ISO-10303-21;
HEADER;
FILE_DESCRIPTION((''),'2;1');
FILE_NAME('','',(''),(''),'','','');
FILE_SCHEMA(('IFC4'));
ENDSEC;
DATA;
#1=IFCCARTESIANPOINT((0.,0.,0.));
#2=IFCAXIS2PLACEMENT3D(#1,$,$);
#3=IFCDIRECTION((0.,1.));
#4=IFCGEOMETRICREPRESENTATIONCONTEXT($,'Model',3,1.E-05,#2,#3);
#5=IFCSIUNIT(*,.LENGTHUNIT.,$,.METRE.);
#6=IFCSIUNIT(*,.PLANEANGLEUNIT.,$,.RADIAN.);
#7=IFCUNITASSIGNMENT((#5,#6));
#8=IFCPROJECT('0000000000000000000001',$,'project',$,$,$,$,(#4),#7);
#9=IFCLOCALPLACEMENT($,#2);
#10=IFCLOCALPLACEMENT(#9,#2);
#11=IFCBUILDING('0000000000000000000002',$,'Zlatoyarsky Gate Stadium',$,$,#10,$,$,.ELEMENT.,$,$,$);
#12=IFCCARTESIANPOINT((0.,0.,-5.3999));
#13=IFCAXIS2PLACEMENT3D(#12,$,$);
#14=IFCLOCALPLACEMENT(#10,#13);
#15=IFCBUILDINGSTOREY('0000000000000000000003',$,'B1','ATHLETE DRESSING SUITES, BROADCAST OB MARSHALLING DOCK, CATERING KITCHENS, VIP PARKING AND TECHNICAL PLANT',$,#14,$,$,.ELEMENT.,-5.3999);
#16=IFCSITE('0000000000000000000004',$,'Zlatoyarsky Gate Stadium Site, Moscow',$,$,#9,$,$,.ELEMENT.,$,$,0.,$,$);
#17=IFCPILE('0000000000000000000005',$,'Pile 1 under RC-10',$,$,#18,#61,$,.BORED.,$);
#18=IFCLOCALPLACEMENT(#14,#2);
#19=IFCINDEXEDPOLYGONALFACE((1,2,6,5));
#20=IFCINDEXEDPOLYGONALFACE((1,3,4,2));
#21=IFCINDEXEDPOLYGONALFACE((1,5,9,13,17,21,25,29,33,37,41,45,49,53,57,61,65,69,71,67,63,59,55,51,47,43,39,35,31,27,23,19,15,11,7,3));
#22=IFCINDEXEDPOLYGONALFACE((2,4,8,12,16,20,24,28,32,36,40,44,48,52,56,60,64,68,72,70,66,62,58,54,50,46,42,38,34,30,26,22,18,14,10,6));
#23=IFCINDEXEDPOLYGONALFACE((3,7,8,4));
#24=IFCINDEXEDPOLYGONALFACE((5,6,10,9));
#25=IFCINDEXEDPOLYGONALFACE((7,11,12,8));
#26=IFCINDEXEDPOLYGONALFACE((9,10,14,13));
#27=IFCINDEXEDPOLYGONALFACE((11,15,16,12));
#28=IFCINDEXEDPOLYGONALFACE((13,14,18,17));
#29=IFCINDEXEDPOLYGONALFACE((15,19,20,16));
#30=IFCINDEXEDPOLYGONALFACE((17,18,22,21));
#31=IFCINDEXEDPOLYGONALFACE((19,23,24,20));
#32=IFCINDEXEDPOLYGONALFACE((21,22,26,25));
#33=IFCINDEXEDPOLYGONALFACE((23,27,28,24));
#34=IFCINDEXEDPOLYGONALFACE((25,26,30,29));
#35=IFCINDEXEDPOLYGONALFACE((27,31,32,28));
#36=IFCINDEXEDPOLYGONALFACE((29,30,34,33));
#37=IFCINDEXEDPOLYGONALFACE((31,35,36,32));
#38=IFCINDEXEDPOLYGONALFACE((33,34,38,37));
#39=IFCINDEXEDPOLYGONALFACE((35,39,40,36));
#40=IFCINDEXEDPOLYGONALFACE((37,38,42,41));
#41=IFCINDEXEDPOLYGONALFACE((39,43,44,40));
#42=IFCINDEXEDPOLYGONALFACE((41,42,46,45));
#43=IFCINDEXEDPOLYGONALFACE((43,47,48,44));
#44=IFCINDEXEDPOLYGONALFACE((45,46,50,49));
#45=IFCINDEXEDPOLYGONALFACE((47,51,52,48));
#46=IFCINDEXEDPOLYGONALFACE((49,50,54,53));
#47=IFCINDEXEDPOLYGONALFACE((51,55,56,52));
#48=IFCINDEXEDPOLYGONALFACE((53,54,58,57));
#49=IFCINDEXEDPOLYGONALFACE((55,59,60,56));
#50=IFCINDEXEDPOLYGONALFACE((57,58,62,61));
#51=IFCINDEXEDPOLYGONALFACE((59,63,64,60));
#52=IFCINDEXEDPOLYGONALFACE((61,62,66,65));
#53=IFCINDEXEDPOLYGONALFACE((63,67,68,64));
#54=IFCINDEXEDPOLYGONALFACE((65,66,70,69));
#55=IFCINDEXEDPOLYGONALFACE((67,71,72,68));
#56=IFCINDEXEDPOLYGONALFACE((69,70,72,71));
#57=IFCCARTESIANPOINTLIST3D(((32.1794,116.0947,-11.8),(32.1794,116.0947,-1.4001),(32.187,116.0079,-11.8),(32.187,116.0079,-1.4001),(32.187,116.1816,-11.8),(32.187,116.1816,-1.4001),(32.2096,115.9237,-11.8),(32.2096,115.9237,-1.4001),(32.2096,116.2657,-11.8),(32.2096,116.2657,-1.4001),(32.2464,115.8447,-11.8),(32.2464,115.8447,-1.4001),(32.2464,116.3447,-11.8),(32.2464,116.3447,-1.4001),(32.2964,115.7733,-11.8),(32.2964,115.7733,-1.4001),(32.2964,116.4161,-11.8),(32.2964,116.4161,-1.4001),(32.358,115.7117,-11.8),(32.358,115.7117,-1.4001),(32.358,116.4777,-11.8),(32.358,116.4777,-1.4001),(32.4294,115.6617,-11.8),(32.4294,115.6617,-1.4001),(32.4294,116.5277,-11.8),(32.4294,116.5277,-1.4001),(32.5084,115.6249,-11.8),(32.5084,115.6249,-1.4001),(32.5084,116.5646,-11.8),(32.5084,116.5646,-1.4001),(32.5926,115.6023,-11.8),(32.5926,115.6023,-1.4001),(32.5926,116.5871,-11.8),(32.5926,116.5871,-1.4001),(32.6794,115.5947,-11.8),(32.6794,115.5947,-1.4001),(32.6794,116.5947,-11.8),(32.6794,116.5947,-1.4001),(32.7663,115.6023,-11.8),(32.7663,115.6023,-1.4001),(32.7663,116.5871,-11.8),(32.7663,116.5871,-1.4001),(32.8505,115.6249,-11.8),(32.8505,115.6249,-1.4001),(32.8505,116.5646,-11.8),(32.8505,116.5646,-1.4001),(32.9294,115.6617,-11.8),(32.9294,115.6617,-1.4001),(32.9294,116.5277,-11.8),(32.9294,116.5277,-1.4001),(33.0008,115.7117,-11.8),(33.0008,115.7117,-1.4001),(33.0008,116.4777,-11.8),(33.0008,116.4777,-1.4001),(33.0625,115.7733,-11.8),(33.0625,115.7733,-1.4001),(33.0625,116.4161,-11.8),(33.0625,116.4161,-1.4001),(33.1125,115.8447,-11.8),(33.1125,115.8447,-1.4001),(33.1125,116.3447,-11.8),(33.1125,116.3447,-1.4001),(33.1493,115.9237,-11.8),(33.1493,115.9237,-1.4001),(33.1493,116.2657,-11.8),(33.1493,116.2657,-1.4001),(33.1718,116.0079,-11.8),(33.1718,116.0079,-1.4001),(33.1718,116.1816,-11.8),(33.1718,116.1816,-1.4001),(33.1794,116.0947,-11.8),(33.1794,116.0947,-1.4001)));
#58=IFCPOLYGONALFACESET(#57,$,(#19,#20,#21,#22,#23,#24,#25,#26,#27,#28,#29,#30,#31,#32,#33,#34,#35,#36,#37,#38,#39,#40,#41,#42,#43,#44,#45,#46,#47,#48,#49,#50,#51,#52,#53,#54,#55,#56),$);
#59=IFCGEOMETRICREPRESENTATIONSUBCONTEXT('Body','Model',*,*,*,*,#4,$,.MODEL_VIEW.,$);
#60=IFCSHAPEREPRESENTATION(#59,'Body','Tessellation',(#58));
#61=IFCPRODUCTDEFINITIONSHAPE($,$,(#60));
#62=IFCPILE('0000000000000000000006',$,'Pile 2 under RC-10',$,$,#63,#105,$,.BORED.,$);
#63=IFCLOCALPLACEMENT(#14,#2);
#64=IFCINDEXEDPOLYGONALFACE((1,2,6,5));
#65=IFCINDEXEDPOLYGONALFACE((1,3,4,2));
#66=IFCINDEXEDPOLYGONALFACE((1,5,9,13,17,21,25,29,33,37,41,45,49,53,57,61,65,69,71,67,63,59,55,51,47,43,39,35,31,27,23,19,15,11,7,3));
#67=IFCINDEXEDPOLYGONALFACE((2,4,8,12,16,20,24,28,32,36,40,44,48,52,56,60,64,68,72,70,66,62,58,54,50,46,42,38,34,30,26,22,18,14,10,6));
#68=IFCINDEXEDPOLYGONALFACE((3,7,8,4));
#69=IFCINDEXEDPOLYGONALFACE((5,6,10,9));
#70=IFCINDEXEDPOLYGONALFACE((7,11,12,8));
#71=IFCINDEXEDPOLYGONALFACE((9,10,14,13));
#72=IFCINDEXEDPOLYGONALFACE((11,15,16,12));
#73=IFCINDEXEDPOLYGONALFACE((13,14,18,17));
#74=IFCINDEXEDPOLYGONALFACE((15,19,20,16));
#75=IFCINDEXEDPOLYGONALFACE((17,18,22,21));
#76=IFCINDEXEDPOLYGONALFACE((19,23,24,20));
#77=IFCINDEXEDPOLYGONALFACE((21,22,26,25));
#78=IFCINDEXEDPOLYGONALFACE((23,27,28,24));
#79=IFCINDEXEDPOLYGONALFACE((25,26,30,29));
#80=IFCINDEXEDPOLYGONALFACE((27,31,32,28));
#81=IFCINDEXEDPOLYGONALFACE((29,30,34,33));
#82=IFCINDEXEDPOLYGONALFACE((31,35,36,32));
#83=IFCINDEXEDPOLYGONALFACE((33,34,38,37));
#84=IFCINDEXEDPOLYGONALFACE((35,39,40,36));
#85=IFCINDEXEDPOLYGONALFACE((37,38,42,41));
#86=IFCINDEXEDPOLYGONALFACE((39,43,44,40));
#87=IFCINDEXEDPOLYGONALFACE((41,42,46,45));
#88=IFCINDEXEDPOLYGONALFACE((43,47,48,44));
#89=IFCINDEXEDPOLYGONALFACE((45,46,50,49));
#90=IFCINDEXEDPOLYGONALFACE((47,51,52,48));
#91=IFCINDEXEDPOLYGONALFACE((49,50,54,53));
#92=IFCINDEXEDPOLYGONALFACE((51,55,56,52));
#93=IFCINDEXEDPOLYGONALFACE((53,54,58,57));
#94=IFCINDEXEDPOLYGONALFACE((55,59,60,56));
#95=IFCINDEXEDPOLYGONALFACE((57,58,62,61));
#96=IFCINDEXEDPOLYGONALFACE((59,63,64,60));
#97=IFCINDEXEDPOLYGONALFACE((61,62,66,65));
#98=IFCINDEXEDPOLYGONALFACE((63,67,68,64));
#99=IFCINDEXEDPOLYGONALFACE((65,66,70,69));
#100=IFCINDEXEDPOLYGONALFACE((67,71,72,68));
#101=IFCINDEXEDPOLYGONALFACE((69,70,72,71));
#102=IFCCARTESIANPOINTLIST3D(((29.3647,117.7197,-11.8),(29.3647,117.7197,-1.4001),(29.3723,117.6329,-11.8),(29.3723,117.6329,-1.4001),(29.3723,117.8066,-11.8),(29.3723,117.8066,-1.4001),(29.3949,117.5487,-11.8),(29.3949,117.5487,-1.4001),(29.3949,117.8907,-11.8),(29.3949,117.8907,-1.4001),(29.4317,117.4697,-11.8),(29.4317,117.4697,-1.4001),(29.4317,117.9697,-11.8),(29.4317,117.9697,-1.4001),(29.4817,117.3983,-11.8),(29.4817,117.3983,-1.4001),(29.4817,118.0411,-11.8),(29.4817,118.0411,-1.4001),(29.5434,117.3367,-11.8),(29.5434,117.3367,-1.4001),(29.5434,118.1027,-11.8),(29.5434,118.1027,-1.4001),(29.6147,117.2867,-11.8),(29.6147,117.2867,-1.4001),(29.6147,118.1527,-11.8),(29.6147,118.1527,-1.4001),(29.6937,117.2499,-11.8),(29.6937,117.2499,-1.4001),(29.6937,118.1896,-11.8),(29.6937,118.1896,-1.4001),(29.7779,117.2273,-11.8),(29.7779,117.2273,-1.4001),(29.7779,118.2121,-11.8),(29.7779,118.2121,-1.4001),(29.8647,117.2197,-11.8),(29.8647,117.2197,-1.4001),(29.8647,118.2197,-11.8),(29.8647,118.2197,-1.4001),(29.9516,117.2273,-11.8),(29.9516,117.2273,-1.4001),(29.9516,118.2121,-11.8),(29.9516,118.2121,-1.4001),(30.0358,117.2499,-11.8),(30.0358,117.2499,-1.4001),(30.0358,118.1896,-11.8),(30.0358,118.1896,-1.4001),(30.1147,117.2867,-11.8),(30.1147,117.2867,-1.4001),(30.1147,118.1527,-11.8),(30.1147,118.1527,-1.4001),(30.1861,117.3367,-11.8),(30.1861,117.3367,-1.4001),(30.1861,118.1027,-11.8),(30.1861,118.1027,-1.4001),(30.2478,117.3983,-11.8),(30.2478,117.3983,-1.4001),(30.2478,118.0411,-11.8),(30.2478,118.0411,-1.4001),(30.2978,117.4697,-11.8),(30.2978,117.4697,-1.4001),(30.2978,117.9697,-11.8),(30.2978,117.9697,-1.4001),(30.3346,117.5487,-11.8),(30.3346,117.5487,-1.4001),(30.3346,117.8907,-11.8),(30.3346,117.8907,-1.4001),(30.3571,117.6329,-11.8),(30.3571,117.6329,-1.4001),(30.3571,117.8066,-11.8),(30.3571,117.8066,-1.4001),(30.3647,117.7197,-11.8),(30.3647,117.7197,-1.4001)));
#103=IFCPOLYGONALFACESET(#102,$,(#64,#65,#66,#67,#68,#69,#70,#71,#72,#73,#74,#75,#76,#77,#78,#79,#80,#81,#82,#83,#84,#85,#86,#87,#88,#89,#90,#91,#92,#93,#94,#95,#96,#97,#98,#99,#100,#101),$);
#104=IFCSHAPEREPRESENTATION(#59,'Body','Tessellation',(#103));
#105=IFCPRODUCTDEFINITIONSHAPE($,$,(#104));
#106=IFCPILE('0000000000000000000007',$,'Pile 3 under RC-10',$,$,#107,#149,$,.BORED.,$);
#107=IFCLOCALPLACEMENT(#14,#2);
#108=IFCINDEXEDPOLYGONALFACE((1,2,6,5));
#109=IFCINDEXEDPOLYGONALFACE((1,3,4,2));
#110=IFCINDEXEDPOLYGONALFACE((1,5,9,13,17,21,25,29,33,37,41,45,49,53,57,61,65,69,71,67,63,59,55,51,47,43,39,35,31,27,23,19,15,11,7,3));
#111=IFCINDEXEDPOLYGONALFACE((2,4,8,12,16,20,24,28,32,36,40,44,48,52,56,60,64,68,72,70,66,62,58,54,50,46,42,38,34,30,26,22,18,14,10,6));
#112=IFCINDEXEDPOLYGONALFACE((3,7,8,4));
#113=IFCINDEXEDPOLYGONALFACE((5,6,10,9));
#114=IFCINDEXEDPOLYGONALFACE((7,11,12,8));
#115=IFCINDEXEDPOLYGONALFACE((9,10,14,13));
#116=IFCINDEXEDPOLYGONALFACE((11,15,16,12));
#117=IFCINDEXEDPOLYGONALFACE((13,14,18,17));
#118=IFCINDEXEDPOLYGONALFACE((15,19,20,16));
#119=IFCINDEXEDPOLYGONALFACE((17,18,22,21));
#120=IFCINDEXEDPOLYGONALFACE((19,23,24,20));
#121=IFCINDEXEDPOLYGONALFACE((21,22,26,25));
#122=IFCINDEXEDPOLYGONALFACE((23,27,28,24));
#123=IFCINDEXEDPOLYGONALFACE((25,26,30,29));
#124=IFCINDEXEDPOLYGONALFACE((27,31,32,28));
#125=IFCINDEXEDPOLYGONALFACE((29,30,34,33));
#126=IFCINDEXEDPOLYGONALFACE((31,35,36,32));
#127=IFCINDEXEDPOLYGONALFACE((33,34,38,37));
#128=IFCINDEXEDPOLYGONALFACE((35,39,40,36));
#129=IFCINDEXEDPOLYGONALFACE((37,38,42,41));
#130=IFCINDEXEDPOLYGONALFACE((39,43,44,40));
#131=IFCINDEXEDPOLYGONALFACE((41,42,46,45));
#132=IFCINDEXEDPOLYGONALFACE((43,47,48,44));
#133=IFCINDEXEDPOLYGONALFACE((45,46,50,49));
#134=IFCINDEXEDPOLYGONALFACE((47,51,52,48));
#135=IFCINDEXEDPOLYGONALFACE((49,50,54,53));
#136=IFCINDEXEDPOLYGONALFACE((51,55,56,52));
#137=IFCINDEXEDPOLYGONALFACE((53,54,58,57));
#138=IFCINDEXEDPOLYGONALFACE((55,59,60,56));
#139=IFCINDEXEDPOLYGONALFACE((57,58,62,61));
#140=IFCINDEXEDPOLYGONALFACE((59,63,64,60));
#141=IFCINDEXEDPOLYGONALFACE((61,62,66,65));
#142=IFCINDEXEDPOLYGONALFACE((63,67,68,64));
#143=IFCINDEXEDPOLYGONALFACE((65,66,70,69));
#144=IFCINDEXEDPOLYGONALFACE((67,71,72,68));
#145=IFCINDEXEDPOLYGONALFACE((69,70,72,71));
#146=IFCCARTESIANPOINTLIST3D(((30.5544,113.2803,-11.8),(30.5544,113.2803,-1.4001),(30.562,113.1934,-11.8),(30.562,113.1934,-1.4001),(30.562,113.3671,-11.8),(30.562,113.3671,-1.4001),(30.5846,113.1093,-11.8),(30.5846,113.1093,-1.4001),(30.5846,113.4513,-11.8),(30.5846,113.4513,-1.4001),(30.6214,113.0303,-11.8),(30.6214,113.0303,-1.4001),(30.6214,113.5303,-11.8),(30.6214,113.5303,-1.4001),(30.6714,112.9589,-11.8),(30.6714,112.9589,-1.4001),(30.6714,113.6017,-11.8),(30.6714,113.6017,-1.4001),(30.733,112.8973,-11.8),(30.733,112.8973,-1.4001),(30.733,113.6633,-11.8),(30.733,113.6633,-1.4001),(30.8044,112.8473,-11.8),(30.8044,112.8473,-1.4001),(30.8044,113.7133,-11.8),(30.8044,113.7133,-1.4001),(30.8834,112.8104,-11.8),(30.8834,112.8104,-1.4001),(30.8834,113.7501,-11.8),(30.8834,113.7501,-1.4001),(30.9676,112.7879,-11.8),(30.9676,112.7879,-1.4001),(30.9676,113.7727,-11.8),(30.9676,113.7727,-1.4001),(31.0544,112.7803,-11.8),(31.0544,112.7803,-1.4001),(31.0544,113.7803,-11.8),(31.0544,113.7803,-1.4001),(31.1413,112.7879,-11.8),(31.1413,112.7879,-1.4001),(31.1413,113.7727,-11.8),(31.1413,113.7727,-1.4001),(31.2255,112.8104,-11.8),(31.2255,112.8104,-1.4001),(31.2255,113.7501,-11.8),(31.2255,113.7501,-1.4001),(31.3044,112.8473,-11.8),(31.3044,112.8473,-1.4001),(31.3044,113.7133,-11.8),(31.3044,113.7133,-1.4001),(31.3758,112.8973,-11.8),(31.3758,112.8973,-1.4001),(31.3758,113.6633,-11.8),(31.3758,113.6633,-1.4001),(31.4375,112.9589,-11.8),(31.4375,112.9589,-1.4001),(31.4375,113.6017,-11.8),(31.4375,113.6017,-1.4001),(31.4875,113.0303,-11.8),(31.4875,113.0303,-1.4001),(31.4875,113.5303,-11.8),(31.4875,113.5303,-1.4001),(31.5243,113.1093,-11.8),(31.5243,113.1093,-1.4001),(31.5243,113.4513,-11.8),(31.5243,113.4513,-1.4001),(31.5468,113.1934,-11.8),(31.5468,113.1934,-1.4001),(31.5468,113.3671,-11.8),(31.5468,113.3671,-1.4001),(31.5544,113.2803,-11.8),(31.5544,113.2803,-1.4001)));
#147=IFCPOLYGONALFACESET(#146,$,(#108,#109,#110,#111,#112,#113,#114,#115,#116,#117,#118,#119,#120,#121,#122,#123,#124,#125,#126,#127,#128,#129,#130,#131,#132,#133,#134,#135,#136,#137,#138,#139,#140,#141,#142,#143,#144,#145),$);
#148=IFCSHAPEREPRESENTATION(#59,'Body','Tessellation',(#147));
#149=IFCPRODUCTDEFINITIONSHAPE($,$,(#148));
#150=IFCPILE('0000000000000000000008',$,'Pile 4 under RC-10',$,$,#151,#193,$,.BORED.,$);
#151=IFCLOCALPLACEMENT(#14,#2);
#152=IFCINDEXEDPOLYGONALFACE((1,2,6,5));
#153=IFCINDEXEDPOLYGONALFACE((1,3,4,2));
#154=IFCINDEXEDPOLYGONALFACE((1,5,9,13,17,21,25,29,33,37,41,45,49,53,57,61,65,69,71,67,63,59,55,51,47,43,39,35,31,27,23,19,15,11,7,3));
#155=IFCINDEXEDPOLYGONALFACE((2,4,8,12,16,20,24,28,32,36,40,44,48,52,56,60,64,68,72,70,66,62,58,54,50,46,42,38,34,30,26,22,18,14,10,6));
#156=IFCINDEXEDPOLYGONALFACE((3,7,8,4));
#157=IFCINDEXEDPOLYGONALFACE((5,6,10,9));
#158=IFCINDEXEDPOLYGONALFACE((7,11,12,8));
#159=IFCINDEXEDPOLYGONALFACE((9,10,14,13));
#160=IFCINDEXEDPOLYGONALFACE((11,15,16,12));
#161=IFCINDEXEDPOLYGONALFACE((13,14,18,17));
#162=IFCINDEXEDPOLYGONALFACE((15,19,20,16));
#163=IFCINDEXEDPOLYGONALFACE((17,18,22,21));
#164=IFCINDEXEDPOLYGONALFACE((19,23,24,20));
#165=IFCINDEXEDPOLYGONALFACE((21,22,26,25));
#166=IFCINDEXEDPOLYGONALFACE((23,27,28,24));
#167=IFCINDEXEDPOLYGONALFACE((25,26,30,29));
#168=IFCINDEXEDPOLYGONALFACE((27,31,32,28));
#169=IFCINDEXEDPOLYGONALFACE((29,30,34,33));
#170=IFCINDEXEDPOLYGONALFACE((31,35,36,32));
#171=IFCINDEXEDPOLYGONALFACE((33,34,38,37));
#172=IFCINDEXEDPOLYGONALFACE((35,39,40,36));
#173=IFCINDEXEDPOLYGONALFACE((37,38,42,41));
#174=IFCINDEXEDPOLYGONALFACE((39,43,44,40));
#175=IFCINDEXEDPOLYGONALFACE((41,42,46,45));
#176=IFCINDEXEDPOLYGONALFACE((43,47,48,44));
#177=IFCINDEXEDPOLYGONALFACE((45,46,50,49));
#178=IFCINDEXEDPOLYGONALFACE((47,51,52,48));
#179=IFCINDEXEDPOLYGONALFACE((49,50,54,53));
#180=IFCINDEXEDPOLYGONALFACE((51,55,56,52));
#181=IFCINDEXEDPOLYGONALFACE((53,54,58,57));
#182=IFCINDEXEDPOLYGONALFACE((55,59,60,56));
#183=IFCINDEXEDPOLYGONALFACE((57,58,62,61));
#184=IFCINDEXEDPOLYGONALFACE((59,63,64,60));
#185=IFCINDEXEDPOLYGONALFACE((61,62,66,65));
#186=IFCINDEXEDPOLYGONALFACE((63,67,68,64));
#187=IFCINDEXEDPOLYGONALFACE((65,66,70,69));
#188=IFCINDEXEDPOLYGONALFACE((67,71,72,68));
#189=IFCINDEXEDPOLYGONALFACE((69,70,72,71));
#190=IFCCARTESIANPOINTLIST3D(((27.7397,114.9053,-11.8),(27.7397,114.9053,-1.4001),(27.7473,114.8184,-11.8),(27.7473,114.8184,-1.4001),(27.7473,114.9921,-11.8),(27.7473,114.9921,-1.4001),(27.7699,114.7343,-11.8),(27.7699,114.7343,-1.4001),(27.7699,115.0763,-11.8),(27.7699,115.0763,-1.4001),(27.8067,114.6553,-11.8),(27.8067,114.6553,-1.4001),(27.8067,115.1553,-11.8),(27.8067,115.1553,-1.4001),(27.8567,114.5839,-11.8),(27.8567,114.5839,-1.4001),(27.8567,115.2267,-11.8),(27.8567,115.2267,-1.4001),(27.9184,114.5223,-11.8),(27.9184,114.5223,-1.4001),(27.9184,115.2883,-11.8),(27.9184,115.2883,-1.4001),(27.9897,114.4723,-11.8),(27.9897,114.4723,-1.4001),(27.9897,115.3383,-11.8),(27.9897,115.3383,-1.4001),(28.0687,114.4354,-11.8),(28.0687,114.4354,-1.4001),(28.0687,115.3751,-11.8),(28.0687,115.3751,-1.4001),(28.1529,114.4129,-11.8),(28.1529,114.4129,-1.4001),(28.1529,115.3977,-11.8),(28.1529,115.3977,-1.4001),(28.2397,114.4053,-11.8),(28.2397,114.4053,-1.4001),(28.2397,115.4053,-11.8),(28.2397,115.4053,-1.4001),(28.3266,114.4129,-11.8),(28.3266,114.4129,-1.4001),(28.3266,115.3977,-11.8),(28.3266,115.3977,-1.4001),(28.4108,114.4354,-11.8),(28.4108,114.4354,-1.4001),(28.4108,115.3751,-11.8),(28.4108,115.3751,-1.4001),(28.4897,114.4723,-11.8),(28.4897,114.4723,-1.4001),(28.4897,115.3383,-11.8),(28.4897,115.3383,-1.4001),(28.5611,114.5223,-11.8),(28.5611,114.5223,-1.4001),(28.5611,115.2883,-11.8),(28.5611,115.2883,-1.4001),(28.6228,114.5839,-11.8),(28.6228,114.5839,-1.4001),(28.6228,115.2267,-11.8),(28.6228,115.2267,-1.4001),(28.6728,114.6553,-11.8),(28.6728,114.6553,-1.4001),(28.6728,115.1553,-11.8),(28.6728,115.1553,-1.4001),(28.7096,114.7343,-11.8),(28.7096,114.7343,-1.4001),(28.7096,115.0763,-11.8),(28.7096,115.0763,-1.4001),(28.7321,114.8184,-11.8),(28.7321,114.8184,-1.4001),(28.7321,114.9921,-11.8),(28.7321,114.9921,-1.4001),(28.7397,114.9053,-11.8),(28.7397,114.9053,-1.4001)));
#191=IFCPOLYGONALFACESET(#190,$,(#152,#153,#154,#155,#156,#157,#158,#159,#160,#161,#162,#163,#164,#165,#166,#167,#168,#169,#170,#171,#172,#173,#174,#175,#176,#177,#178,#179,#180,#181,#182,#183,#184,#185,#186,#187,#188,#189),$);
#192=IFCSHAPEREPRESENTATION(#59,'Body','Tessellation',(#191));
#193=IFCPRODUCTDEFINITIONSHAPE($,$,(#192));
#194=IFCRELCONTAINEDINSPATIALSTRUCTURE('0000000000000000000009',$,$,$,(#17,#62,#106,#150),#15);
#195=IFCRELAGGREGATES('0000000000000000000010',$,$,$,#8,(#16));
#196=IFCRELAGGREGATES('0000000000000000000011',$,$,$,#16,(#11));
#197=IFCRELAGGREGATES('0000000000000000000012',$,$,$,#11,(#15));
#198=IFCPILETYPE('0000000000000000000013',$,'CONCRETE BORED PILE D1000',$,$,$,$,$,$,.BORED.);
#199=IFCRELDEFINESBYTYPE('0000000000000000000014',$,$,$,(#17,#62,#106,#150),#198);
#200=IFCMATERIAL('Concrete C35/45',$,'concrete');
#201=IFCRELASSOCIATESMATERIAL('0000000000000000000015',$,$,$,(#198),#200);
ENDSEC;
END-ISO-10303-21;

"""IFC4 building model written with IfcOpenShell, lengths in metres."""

from ifc_helpers import new_model, si_unit, direction, frame, origin, origin_2d, place, context, subcontext, project, spatial, circle, extrude, material, material_profile, profile_set, type_object, element, save


model = new_model("IFC4")

# Units and contexts
model_context = context("Model", 3, precision=1e-05, world=origin(), true_north=direction((0.0, 1.0)))
body_context = subcontext(model_context, "Body", "Model", "MODEL_VIEW")
ifc_project = project(units=[si_unit("LENGTHUNIT", "METRE"), si_unit("PLANEANGLEUNIT", "RADIAN")], contexts=[model_context])

# Site, building, storey
site_placement = place(None, origin())
site = spatial("IfcSite", under=ifc_project, at=site_placement, Name="Zlatoyarsky Gate Stadium Site, Moscow", CompositionType="ELEMENT", RefElevation=0.0)
building_placement = place(site_placement, origin())
building = spatial("IfcBuilding", under=site, at=building_placement, Name="Zlatoyarsky Gate Stadium", CompositionType="ELEMENT")
storey_placement = place(building_placement, frame((0.0, 0.0, -5.3999)))
storey = spatial("IfcBuildingStorey", under=building, at=storey_placement, Name="B1", Description="ATHLETE DRESSING SUITES, BROADCAST OB MARSHALLING DOCK, CATERING KITCHENS, VIP PARKING AND TECHNICAL PLANT", CompositionType="ELEMENT", Elevation=-5.3999)

# Piles
ifc_material_1 = material(Name="Concrete C35/45", Category="concrete")
ifc_material_profile_1 = material_profile(ifc_material_1, circle(Radius=0.5, at=origin_2d()), Name="BORED PILE D1000")
ifc_profile_set_1 = profile_set([ifc_material_profile_1], Name="Concrete C35/45")
pile_type_1 = type_object("IfcPileType", Name="CONCRETE BORED PILE D1000", PredefinedType="BORED", material=ifc_profile_set_1)
for number, where, z_axis, x_axis, name in (
    (1, (32.6794, 116.0947, -1.4001), (0.0, 0.0, -1.0), (1.0, 0.0, 0.0), "Pile 1 under RC-10"),
    (2, (29.8647, 117.7197, -1.4001), (0.0, 0.0, -1.0), (1.0, 0.0, 0.0), "Pile 2 under RC-10"),
    (3, (31.0544, 113.2803, -1.4001), (0.0, 0.0, -1.0), (1.0, 0.0, 0.0), "Pile 3 under RC-10"),
    (4, (28.2397, 114.9053, -1.4001), (0.0, 0.0, -1.0), (1.0, 0.0, 0.0), "Pile 4 under RC-10"),
):
    element("IfcPile", number, at=place(storey_placement, frame(where, z_axis=z_axis, x_axis=x_axis)), inside=storey, type_object=pile_type_1, Name=name, PredefinedType="BORED", context=body_context, shape_type="SweptSolid", body=[
        extrude(circle(Radius=0.5, at=origin_2d()), origin(), (0.0, 0.0, 1.0), 10.3999),
    ])

save(model, "model.ifc")
